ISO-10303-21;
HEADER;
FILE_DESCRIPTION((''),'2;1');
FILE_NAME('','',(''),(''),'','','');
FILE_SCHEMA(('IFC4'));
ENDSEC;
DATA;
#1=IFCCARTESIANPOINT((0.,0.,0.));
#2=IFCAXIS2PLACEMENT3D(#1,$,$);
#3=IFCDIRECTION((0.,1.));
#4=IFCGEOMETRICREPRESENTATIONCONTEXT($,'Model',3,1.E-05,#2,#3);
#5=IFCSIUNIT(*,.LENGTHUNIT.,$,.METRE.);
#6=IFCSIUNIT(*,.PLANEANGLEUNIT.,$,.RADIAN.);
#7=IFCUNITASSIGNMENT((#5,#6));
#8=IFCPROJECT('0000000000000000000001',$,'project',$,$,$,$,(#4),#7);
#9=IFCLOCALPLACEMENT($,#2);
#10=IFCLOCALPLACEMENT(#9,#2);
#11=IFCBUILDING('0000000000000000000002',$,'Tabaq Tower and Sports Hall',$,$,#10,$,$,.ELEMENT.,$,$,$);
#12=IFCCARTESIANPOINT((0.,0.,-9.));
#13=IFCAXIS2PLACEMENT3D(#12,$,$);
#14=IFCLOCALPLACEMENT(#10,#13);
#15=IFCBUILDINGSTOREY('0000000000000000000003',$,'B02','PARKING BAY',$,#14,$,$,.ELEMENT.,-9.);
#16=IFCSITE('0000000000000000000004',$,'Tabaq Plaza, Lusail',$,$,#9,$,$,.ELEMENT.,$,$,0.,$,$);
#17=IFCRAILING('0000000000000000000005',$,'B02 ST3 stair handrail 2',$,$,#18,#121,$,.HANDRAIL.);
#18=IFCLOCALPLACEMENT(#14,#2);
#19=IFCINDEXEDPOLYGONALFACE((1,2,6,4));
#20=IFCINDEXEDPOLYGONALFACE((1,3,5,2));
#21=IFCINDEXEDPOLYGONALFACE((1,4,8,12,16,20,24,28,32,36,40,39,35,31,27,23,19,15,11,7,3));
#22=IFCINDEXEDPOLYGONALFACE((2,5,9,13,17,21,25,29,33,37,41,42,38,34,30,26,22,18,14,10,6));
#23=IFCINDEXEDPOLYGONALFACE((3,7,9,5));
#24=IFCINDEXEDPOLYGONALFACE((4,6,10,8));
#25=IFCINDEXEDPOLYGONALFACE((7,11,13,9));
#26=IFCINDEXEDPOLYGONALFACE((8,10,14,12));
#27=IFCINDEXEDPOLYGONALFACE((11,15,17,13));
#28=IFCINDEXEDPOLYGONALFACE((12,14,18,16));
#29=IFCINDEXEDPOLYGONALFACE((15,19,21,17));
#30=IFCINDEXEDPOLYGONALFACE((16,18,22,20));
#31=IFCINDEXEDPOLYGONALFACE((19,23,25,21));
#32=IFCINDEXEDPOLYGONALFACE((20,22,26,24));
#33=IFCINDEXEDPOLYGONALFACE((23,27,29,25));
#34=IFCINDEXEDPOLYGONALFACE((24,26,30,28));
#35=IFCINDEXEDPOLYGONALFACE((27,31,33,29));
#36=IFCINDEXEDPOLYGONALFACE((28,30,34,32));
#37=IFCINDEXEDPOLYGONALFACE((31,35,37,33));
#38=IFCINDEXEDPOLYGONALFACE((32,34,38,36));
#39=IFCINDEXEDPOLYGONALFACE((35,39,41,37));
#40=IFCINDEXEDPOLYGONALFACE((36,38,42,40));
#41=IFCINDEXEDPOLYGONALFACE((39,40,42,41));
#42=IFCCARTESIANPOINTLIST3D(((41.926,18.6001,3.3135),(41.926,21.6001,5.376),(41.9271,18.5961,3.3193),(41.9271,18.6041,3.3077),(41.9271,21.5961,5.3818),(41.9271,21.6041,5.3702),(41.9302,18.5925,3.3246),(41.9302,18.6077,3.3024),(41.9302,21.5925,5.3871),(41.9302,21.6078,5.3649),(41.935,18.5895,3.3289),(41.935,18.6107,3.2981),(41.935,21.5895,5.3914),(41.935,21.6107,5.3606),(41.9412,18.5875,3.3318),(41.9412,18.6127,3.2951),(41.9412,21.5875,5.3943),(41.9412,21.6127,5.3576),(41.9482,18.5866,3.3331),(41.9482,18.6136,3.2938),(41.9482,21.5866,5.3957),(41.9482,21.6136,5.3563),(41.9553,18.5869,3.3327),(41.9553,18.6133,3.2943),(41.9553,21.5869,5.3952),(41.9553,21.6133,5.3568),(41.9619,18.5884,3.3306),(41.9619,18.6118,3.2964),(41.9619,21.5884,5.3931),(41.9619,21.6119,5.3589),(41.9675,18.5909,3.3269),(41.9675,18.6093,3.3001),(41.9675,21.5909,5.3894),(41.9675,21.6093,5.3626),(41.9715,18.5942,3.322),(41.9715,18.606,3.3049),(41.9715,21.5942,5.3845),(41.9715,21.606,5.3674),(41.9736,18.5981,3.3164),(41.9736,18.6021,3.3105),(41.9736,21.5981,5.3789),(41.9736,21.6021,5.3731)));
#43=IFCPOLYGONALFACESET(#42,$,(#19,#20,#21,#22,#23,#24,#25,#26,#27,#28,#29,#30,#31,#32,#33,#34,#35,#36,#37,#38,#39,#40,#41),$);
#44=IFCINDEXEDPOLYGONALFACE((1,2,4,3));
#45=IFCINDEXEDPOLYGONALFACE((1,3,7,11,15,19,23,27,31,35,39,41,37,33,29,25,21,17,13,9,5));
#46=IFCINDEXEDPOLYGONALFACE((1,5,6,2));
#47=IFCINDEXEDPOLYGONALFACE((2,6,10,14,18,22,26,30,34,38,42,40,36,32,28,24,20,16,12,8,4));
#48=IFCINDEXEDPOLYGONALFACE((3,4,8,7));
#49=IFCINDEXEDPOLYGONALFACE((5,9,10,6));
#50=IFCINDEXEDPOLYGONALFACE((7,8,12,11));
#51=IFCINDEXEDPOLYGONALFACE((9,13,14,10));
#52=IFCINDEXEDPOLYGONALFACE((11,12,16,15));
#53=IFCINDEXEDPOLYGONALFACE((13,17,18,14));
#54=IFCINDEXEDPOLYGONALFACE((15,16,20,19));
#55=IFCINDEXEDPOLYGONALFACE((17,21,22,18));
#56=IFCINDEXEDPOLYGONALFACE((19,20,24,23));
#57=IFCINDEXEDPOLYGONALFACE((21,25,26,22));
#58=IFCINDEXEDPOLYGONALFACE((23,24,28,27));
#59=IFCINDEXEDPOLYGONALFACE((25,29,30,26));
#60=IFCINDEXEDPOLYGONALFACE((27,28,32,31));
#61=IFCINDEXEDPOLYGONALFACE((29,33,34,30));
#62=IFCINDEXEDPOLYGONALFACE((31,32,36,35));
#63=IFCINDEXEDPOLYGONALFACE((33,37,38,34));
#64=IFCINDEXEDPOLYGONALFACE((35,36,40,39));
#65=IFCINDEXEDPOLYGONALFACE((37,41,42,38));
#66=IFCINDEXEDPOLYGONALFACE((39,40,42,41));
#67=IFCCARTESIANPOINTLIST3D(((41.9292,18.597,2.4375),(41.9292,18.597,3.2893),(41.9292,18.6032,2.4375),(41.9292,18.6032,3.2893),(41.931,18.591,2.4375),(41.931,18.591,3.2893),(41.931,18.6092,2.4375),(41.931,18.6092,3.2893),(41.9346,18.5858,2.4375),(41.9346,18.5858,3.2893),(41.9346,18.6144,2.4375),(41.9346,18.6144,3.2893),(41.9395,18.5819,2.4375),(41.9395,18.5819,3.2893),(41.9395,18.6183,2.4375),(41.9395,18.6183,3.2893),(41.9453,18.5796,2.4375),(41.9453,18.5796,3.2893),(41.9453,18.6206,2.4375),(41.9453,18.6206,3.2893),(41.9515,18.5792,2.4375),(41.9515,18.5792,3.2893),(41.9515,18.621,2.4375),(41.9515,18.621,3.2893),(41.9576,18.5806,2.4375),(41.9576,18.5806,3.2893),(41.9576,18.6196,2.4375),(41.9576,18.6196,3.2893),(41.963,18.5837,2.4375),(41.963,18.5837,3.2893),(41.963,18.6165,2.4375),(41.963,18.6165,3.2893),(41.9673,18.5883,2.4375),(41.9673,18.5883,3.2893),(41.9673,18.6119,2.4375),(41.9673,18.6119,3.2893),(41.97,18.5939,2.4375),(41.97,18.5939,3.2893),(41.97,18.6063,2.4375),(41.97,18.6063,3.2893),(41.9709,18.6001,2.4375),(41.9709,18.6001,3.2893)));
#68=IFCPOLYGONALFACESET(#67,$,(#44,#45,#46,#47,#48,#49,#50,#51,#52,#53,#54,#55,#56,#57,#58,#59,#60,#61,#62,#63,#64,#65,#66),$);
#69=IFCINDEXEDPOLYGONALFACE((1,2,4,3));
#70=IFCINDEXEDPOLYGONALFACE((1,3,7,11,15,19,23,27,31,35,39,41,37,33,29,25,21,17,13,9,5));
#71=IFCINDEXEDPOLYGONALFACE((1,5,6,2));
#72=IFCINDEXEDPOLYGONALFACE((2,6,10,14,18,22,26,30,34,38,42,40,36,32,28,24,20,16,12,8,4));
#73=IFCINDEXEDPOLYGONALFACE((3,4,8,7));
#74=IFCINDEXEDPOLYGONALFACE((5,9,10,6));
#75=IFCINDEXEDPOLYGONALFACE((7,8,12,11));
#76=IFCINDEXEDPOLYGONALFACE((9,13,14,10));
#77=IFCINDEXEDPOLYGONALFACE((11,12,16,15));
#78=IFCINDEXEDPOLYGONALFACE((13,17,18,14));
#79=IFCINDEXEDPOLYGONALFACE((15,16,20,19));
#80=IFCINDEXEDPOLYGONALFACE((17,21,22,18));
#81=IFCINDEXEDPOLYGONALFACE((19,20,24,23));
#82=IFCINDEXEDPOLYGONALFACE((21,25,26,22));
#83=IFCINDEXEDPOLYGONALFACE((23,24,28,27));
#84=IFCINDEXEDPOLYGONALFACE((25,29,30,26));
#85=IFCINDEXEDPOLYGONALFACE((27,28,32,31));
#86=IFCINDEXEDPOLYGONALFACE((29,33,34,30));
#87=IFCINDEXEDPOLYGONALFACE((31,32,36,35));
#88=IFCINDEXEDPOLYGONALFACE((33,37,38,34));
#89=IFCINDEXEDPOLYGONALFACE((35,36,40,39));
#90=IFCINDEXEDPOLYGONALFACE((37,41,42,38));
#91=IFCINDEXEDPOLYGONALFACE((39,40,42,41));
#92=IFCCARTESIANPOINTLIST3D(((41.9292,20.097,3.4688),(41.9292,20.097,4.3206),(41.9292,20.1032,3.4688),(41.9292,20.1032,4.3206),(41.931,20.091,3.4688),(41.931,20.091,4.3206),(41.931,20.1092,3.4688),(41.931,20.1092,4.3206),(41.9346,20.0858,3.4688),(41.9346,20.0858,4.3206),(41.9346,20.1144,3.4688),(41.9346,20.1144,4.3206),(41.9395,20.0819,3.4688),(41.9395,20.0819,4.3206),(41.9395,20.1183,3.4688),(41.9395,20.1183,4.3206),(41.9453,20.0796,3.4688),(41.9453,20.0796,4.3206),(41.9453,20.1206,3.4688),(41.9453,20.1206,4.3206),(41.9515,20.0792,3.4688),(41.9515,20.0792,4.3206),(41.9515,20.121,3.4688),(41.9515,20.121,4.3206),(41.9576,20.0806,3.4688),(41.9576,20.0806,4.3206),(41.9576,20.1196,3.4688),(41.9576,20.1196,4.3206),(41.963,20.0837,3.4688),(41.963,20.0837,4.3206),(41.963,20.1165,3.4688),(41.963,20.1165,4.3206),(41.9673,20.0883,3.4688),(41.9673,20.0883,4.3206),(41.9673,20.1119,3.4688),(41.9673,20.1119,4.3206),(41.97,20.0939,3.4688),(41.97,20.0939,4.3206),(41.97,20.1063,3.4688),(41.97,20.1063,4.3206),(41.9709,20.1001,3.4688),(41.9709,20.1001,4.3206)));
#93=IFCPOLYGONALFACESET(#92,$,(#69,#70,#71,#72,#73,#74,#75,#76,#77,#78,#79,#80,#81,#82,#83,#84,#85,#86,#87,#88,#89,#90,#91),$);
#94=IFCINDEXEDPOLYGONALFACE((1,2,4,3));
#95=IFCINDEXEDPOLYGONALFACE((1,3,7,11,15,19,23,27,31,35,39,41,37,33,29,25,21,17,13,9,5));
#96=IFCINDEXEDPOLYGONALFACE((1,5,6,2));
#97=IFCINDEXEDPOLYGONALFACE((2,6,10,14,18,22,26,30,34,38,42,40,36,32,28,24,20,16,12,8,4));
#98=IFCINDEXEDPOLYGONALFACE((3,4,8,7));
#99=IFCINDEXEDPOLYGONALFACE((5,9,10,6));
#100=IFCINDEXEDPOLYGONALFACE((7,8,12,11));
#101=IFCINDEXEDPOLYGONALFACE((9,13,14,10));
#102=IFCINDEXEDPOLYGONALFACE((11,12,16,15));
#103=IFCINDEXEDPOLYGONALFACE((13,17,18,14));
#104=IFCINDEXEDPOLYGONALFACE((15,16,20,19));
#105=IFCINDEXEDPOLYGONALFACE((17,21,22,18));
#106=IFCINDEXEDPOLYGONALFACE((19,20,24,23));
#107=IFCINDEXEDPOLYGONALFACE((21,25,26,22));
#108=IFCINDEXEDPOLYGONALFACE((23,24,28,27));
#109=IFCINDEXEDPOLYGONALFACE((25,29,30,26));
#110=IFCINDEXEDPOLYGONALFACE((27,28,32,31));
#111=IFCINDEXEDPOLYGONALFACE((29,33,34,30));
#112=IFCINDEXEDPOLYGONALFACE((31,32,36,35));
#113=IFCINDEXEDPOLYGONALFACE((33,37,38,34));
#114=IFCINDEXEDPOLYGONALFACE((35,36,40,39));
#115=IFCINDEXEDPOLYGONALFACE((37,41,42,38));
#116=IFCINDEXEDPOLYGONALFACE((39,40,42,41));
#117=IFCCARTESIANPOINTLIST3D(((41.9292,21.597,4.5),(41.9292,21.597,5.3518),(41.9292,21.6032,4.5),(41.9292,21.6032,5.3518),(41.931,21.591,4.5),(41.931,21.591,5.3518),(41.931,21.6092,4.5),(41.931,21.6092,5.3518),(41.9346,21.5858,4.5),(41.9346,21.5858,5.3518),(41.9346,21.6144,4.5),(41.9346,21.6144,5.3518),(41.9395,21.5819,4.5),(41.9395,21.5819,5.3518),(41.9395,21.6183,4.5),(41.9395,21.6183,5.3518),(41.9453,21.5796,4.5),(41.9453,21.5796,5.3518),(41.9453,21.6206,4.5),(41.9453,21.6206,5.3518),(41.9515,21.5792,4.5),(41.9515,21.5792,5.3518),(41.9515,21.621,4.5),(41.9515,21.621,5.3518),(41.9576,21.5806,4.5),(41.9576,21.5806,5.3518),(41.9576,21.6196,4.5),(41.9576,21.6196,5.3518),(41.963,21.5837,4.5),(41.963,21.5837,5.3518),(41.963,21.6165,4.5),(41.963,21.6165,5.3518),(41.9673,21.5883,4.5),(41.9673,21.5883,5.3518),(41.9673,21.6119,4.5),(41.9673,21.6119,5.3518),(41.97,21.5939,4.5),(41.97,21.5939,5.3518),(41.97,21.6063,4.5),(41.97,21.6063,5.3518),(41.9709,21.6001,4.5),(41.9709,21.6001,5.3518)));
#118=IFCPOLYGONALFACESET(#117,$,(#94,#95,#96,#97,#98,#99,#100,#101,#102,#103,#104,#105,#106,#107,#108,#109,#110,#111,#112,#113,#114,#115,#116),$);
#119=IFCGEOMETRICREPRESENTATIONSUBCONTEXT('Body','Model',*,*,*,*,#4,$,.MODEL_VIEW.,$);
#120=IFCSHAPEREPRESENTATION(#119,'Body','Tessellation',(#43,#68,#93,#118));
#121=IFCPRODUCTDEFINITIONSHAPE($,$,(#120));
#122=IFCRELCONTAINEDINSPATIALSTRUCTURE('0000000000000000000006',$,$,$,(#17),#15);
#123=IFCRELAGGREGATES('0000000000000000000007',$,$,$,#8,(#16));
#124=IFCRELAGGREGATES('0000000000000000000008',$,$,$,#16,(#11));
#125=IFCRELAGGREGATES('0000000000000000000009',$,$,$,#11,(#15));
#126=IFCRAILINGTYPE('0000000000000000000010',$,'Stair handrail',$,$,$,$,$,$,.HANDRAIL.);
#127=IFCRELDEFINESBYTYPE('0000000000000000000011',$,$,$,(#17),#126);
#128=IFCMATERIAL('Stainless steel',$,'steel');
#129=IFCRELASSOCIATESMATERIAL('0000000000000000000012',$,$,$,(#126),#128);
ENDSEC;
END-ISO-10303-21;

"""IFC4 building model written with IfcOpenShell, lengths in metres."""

from ifc_helpers import new_model, si_unit, direction, frame, origin, origin_2d, place, context, subcontext, project, spatial, circle, extrude, material, type_object, element, save


model = new_model("IFC4")

# Units and contexts
model_context = context("Model", 3, precision=1e-05, world=origin(), true_north=direction((0.0, 1.0)))
body_context = subcontext(model_context, "Body", "Model", "MODEL_VIEW")
ifc_project = project(units=[si_unit("LENGTHUNIT", "METRE"), si_unit("PLANEANGLEUNIT", "RADIAN")], contexts=[model_context])

# Site, building, storey
site_placement = place(None, origin())
site = spatial("IfcSite", under=ifc_project, at=site_placement, Name="Tabaq Plaza, Lusail", CompositionType="ELEMENT", RefElevation=0.0)
building_placement = place(site_placement, origin())
building = spatial("IfcBuilding", under=site, at=building_placement, Name="Tabaq Tower and Sports Hall", CompositionType="ELEMENT")
storey_placement = place(building_placement, frame((0.0, 0.0, -9.0)))
storey = spatial("IfcBuildingStorey", under=building, at=storey_placement, Name="B02", Description="PARKING BAY", CompositionType="ELEMENT", Elevation=-9.0)

# Railing
ifc_material_1 = material(Name="Stainless steel", Category="steel")
railing_type_1 = type_object("IfcRailingType", Name="Stair handrail", PredefinedType="HANDRAIL", material=ifc_material_1)
railing_1_placement = place(storey_placement, frame((41.95, 18.6001, 2.4375)))
element("IfcRailing", 1, at=railing_1_placement, inside=storey, type_object=railing_type_1, Name="B02 ST3 stair handrail 2", PredefinedType="HANDRAIL", context=body_context, shape_type="SweptSolid", body=[
    extrude(circle(Radius=0.0239, at=origin_2d()), frame((0.0, 0.0, 0.876), z_axis=(0.0, 0.824042, 0.566529), x_axis=(-1.0, 0.0, 0.0)), (0.0, 0.0, 1.0), 3.6406),
    extrude(circle(Radius=0.021, at=origin_2d()), origin(), (0.0, 0.0, 1.0), 0.8518),
    extrude(circle(Radius=0.021, at=origin_2d()), frame((0.0, 1.5, 1.0312)), (0.0, 0.0, 1.0), 0.8518),
    extrude(circle(Radius=0.021, at=origin_2d()), frame((0.0, 3.0, 2.0625)), (0.0, 0.0, 1.0), 0.8518),
])

save(model, "model.ifc")
